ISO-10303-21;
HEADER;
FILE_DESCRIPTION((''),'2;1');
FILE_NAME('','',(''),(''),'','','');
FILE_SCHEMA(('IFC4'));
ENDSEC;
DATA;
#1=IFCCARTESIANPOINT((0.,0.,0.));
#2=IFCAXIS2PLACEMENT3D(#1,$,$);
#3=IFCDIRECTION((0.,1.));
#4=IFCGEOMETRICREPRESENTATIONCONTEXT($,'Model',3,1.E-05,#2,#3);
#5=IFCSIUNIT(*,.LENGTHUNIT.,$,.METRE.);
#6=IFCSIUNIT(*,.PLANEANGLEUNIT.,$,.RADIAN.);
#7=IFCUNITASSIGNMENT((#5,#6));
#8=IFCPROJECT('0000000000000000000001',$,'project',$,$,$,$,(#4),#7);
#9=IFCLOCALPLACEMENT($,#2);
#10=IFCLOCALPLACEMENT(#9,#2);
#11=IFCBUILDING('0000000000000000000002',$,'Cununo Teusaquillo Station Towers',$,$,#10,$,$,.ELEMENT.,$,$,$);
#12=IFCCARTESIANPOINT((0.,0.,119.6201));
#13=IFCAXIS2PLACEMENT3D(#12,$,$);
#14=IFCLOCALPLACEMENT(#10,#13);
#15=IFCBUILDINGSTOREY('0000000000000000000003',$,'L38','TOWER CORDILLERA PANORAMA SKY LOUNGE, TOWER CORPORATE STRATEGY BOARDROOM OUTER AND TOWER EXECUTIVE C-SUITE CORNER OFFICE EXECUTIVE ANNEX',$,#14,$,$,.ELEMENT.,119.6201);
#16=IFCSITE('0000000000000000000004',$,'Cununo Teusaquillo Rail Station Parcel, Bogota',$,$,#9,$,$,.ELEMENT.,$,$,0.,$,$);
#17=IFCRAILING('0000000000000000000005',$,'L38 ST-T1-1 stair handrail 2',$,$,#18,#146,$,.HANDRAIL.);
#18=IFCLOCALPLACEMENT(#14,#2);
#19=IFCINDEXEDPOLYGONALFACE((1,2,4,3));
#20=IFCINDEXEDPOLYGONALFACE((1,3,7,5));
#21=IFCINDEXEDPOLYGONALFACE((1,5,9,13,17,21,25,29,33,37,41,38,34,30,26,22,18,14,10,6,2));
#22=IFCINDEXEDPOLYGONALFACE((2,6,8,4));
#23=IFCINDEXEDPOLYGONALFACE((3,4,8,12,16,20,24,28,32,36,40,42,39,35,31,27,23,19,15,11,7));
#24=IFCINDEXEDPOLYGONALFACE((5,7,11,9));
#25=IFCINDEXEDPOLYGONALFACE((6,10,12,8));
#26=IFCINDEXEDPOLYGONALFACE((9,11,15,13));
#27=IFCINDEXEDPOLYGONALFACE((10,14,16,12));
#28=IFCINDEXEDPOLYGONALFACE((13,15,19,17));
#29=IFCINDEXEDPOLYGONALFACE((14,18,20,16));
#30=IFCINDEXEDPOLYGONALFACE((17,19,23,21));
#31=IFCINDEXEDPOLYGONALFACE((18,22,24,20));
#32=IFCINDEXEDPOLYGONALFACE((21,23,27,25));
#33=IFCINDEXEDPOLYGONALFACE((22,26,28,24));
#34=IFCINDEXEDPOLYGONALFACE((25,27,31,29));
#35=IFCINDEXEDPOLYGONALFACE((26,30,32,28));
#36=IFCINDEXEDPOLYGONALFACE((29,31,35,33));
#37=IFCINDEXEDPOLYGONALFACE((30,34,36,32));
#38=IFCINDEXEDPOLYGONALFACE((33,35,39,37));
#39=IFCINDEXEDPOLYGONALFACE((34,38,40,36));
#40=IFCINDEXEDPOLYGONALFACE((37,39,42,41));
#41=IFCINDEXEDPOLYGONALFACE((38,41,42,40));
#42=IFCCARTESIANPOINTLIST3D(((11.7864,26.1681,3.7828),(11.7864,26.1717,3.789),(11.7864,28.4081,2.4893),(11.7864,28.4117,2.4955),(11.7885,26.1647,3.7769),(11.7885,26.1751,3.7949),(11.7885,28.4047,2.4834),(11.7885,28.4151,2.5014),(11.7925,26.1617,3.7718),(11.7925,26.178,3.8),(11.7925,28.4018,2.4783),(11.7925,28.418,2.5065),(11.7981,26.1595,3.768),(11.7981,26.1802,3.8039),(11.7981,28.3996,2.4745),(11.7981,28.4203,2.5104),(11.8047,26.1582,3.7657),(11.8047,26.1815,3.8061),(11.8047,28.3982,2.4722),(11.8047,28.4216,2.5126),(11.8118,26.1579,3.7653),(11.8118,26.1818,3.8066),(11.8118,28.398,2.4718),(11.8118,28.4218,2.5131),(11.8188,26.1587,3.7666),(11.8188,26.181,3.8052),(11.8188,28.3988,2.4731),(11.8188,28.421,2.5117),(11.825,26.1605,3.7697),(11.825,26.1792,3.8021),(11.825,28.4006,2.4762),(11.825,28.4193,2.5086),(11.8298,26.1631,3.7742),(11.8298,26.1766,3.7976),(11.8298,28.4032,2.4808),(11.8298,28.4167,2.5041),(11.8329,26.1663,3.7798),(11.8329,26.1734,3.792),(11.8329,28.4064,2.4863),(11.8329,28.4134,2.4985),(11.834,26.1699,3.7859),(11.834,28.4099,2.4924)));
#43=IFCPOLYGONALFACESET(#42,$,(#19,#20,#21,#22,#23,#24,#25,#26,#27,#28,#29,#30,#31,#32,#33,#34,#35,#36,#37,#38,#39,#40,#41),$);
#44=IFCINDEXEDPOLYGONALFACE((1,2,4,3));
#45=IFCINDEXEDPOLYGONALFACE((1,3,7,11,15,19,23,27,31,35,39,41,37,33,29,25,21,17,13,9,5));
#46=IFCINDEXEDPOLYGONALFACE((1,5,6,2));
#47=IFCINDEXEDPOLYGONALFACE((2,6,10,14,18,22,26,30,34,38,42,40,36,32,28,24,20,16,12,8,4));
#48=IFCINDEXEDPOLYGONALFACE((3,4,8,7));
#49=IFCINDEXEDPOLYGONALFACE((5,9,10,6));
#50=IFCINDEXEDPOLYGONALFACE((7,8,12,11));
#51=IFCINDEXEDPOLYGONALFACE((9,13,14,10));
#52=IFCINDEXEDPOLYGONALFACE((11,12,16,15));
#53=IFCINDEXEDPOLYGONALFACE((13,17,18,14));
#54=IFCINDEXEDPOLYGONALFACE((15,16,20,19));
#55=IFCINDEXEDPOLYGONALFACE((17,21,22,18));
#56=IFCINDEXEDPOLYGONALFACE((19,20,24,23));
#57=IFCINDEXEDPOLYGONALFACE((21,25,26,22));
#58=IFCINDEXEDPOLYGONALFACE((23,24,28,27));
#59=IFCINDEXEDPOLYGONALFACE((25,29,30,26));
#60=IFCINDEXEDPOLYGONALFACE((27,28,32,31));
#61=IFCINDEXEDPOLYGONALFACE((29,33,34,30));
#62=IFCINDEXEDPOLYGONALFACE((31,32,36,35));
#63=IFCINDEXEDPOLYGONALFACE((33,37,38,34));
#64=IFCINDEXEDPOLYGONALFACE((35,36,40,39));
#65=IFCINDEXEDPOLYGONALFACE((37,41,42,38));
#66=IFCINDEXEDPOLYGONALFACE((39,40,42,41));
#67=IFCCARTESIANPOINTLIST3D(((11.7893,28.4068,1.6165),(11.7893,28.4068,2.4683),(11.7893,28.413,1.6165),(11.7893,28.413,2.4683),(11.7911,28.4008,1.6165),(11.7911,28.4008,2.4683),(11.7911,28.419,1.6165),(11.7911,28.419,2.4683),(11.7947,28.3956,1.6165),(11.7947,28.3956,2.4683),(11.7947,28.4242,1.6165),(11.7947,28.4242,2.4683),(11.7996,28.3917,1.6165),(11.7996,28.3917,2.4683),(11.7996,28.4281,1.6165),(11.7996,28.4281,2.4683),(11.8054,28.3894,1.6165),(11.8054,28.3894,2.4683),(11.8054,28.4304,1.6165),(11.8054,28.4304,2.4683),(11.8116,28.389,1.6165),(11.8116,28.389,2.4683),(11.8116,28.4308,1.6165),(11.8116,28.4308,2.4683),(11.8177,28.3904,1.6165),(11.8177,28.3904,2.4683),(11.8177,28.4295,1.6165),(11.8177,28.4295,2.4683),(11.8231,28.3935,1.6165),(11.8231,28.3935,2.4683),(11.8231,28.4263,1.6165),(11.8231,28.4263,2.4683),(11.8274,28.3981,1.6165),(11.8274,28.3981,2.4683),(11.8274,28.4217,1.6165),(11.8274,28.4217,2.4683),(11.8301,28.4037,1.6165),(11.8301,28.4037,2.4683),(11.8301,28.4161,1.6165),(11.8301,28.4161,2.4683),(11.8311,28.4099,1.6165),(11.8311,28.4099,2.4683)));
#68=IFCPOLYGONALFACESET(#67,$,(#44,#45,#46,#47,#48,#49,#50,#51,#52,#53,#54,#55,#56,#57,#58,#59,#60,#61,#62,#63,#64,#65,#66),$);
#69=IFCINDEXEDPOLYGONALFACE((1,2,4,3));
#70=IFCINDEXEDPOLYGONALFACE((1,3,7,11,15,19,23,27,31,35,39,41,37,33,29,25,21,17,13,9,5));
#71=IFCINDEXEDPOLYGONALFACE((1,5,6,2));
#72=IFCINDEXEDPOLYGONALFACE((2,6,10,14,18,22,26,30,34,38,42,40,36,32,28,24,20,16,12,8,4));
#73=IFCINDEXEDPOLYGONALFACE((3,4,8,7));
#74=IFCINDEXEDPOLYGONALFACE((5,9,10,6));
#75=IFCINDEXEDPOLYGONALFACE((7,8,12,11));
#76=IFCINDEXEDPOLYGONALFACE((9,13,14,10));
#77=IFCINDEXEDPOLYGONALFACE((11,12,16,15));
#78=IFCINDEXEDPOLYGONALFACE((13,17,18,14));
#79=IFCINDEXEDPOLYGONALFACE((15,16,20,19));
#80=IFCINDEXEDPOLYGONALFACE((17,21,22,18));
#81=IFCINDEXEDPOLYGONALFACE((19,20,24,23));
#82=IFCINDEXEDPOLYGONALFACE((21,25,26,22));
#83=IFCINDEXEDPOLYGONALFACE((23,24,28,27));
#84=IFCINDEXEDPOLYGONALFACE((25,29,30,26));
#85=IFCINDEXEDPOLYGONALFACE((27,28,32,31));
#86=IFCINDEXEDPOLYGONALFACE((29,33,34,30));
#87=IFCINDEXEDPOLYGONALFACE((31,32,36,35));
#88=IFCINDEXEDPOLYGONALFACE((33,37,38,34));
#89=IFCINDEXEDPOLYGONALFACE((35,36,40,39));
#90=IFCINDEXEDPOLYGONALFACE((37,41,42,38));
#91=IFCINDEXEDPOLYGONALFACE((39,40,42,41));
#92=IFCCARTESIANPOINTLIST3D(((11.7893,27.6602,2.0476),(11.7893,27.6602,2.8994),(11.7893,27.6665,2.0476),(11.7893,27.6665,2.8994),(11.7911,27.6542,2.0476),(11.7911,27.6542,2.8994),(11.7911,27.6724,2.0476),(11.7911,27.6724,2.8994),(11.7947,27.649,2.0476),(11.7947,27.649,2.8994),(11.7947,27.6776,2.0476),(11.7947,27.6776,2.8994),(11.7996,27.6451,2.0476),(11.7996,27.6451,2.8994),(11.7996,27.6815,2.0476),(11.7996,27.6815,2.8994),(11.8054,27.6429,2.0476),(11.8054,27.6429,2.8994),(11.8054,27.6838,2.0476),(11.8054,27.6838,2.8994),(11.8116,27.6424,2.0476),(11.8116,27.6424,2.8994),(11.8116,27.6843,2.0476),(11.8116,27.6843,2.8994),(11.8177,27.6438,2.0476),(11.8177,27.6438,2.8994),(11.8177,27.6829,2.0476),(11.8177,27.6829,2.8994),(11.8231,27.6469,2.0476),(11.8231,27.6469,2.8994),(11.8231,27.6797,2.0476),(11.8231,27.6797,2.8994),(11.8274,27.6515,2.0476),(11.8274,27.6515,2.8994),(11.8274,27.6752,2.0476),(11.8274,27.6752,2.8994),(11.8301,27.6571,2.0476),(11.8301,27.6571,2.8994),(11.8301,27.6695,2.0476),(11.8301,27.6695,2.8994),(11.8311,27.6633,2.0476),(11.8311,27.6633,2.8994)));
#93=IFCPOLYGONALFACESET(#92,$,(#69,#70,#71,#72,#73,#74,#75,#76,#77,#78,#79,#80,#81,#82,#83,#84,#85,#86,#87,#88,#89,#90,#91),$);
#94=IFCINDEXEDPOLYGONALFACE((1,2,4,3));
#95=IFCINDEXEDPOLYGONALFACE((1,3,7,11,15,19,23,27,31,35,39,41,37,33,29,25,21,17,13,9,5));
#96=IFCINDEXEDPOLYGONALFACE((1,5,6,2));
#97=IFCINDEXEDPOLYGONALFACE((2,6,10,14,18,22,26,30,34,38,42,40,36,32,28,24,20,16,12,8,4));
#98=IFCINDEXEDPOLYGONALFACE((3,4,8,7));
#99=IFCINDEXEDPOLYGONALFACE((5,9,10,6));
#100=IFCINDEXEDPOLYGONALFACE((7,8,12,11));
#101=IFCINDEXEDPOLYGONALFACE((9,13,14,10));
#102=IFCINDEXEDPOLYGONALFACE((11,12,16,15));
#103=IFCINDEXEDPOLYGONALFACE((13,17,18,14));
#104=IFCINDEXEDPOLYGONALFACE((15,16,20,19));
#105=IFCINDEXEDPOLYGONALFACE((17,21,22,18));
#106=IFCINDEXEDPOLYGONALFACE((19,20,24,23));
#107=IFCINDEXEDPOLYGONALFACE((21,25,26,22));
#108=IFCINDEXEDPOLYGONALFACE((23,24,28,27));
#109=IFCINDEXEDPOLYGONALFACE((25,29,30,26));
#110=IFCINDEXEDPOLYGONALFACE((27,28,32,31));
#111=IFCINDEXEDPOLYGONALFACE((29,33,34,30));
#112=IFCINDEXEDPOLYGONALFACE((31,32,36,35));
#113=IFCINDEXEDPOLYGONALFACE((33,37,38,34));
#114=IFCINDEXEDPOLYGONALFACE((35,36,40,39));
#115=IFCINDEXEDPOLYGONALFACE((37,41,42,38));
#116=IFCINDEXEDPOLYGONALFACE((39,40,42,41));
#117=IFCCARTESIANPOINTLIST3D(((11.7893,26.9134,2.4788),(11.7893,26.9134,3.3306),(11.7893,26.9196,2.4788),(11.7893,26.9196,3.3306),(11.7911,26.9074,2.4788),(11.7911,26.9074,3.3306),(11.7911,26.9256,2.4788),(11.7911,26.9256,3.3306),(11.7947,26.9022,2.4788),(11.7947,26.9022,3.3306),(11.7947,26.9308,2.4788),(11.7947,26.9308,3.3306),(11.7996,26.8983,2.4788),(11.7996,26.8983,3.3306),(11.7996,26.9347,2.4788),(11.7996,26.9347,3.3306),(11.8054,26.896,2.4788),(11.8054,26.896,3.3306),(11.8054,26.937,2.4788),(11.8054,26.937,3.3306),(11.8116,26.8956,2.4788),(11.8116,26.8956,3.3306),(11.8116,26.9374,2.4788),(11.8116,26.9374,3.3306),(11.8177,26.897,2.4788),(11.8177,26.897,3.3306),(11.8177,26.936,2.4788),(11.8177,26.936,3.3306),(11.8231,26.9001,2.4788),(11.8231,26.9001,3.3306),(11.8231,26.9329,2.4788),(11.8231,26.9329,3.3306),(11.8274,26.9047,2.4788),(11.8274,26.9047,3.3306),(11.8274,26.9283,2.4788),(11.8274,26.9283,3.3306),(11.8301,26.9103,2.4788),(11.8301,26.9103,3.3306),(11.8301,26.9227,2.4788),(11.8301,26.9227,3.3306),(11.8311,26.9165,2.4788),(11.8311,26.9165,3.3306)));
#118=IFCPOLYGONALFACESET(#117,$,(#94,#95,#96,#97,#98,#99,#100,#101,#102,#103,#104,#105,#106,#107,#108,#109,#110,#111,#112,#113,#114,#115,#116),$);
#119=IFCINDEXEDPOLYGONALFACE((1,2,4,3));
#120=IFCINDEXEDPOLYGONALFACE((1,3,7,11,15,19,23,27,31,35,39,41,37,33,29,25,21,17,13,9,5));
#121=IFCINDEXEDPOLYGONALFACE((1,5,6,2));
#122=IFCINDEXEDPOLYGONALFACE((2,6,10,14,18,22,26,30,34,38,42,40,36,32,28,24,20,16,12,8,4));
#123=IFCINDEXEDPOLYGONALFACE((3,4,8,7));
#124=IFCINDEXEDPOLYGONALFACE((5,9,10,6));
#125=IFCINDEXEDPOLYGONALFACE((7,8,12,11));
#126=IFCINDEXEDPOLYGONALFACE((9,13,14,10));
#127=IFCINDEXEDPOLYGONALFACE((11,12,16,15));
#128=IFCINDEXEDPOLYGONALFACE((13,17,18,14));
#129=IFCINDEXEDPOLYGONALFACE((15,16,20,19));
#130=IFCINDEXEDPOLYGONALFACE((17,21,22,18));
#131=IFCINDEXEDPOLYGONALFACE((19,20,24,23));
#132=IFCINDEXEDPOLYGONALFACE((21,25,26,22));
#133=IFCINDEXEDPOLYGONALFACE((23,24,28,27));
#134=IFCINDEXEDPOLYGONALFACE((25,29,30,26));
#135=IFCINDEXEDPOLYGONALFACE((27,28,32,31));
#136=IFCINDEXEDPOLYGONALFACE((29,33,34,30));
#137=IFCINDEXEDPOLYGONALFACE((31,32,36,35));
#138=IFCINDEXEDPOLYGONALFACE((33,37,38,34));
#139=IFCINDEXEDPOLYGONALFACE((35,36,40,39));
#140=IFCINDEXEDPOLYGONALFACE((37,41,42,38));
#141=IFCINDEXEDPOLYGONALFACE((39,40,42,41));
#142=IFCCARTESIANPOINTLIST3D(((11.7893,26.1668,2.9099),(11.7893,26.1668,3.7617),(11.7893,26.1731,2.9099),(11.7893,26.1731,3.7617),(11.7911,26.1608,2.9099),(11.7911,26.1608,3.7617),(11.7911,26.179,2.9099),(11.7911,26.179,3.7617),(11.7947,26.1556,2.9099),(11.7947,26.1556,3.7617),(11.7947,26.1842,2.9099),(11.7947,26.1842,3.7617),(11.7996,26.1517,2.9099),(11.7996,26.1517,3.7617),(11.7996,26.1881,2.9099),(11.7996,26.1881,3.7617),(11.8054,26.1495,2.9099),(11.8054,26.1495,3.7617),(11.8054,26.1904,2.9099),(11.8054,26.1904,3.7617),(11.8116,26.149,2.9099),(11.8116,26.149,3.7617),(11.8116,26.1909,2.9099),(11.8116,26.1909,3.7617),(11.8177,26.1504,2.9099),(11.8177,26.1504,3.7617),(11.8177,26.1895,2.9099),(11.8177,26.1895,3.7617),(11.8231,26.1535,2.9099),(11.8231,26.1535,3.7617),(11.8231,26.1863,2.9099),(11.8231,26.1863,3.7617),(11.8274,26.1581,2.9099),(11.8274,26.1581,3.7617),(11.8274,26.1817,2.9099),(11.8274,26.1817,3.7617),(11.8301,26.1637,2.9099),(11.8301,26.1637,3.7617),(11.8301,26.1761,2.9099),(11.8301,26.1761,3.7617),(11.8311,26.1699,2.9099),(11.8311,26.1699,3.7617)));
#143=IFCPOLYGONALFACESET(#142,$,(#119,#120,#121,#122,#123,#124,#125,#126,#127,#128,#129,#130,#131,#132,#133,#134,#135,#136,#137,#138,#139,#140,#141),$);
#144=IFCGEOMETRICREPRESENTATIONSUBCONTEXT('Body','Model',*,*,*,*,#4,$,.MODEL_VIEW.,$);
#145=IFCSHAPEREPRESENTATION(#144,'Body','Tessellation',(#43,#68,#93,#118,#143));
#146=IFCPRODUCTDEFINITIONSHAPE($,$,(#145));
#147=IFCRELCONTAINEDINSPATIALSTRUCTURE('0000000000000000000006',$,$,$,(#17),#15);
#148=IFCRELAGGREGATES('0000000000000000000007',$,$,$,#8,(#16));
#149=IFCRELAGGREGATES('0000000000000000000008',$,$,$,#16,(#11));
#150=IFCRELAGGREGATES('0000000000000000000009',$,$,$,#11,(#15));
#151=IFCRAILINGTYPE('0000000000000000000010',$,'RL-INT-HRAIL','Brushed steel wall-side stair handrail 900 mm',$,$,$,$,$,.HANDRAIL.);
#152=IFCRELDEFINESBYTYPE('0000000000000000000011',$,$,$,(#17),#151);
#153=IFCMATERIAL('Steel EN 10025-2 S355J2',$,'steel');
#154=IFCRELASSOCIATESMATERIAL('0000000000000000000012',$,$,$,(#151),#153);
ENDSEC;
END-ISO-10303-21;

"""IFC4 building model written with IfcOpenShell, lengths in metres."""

from ifc_helpers import new_model, si_unit, direction, frame, origin, origin_2d, place, context, subcontext, project, spatial, circle, extrude, material, type_object, element, save


model = new_model("IFC4")

# Units and contexts
model_context = context("Model", 3, precision=1e-05, world=origin(), true_north=direction((0.0, 1.0)))
body_context = subcontext(model_context, "Body", "Model", "MODEL_VIEW")
ifc_project = project(units=[si_unit("LENGTHUNIT", "METRE"), si_unit("PLANEANGLEUNIT", "RADIAN")], contexts=[model_context])

# Site, building, storey
site_placement = place(None, origin())
site = spatial("IfcSite", under=ifc_project, at=site_placement, Name="Cununo Teusaquillo Rail Station Parcel, Bogota", CompositionType="ELEMENT", RefElevation=0.0)
building_placement = place(site_placement, origin())
building = spatial("IfcBuilding", under=site, at=building_placement, Name="Cununo Teusaquillo Station Towers", CompositionType="ELEMENT")
storey_placement = place(building_placement, frame((0.0, 0.0, 119.6201)))
storey = spatial("IfcBuildingStorey", under=building, at=storey_placement, Name="L38", Description="TOWER CORDILLERA PANORAMA SKY LOUNGE, TOWER CORPORATE STRATEGY BOARDROOM OUTER AND TOWER EXECUTIVE C-SUITE CORNER OFFICE EXECUTIVE ANNEX", CompositionType="ELEMENT", Elevation=119.6201)

# Railing
ifc_material_1 = material(Name="Steel EN 10025-2 S355J2", Category="steel")
railing_type_1 = type_object("IfcRailingType", Name="RL-INT-HRAIL", Description="Brushed steel wall-side stair handrail 900 mm", PredefinedType="HANDRAIL", material=ifc_material_1)
railing_1_placement = place(storey_placement, frame((11.8101, 28.4099, 1.6165)))
element("IfcRailing", 1, at=railing_1_placement, inside=storey, type_object=railing_type_1, Name="L38 ST-T1-1 stair handrail 2", PredefinedType="HANDRAIL", context=body_context, shape_type="SweptSolid", body=[
    extrude(circle(Radius=0.0239, at=origin_2d()), frame((0.0, 0.0, 0.876), z_axis=(0.0, -0.865992, 0.500057), x_axis=(1.0, 0.0, 0.0)), (0.0, 0.0, 1.0), 2.5867),
    extrude(circle(Radius=0.021, at=origin_2d()), origin(), (0.0, 0.0, 1.0), 0.8518),
    extrude(circle(Radius=0.021, at=origin_2d()), frame((0.0, -0.7466, 0.4312)), (0.0, 0.0, 1.0), 0.8518),
    extrude(circle(Radius=0.021, at=origin_2d()), frame((0.0, -1.4934, 0.8623)), (0.0, 0.0, 1.0), 0.8518),
    extrude(circle(Radius=0.021, at=origin_2d()), frame((0.0, -2.24, 1.2935)), (0.0, 0.0, 1.0), 0.8518),
])

save(model, "model.ifc")
